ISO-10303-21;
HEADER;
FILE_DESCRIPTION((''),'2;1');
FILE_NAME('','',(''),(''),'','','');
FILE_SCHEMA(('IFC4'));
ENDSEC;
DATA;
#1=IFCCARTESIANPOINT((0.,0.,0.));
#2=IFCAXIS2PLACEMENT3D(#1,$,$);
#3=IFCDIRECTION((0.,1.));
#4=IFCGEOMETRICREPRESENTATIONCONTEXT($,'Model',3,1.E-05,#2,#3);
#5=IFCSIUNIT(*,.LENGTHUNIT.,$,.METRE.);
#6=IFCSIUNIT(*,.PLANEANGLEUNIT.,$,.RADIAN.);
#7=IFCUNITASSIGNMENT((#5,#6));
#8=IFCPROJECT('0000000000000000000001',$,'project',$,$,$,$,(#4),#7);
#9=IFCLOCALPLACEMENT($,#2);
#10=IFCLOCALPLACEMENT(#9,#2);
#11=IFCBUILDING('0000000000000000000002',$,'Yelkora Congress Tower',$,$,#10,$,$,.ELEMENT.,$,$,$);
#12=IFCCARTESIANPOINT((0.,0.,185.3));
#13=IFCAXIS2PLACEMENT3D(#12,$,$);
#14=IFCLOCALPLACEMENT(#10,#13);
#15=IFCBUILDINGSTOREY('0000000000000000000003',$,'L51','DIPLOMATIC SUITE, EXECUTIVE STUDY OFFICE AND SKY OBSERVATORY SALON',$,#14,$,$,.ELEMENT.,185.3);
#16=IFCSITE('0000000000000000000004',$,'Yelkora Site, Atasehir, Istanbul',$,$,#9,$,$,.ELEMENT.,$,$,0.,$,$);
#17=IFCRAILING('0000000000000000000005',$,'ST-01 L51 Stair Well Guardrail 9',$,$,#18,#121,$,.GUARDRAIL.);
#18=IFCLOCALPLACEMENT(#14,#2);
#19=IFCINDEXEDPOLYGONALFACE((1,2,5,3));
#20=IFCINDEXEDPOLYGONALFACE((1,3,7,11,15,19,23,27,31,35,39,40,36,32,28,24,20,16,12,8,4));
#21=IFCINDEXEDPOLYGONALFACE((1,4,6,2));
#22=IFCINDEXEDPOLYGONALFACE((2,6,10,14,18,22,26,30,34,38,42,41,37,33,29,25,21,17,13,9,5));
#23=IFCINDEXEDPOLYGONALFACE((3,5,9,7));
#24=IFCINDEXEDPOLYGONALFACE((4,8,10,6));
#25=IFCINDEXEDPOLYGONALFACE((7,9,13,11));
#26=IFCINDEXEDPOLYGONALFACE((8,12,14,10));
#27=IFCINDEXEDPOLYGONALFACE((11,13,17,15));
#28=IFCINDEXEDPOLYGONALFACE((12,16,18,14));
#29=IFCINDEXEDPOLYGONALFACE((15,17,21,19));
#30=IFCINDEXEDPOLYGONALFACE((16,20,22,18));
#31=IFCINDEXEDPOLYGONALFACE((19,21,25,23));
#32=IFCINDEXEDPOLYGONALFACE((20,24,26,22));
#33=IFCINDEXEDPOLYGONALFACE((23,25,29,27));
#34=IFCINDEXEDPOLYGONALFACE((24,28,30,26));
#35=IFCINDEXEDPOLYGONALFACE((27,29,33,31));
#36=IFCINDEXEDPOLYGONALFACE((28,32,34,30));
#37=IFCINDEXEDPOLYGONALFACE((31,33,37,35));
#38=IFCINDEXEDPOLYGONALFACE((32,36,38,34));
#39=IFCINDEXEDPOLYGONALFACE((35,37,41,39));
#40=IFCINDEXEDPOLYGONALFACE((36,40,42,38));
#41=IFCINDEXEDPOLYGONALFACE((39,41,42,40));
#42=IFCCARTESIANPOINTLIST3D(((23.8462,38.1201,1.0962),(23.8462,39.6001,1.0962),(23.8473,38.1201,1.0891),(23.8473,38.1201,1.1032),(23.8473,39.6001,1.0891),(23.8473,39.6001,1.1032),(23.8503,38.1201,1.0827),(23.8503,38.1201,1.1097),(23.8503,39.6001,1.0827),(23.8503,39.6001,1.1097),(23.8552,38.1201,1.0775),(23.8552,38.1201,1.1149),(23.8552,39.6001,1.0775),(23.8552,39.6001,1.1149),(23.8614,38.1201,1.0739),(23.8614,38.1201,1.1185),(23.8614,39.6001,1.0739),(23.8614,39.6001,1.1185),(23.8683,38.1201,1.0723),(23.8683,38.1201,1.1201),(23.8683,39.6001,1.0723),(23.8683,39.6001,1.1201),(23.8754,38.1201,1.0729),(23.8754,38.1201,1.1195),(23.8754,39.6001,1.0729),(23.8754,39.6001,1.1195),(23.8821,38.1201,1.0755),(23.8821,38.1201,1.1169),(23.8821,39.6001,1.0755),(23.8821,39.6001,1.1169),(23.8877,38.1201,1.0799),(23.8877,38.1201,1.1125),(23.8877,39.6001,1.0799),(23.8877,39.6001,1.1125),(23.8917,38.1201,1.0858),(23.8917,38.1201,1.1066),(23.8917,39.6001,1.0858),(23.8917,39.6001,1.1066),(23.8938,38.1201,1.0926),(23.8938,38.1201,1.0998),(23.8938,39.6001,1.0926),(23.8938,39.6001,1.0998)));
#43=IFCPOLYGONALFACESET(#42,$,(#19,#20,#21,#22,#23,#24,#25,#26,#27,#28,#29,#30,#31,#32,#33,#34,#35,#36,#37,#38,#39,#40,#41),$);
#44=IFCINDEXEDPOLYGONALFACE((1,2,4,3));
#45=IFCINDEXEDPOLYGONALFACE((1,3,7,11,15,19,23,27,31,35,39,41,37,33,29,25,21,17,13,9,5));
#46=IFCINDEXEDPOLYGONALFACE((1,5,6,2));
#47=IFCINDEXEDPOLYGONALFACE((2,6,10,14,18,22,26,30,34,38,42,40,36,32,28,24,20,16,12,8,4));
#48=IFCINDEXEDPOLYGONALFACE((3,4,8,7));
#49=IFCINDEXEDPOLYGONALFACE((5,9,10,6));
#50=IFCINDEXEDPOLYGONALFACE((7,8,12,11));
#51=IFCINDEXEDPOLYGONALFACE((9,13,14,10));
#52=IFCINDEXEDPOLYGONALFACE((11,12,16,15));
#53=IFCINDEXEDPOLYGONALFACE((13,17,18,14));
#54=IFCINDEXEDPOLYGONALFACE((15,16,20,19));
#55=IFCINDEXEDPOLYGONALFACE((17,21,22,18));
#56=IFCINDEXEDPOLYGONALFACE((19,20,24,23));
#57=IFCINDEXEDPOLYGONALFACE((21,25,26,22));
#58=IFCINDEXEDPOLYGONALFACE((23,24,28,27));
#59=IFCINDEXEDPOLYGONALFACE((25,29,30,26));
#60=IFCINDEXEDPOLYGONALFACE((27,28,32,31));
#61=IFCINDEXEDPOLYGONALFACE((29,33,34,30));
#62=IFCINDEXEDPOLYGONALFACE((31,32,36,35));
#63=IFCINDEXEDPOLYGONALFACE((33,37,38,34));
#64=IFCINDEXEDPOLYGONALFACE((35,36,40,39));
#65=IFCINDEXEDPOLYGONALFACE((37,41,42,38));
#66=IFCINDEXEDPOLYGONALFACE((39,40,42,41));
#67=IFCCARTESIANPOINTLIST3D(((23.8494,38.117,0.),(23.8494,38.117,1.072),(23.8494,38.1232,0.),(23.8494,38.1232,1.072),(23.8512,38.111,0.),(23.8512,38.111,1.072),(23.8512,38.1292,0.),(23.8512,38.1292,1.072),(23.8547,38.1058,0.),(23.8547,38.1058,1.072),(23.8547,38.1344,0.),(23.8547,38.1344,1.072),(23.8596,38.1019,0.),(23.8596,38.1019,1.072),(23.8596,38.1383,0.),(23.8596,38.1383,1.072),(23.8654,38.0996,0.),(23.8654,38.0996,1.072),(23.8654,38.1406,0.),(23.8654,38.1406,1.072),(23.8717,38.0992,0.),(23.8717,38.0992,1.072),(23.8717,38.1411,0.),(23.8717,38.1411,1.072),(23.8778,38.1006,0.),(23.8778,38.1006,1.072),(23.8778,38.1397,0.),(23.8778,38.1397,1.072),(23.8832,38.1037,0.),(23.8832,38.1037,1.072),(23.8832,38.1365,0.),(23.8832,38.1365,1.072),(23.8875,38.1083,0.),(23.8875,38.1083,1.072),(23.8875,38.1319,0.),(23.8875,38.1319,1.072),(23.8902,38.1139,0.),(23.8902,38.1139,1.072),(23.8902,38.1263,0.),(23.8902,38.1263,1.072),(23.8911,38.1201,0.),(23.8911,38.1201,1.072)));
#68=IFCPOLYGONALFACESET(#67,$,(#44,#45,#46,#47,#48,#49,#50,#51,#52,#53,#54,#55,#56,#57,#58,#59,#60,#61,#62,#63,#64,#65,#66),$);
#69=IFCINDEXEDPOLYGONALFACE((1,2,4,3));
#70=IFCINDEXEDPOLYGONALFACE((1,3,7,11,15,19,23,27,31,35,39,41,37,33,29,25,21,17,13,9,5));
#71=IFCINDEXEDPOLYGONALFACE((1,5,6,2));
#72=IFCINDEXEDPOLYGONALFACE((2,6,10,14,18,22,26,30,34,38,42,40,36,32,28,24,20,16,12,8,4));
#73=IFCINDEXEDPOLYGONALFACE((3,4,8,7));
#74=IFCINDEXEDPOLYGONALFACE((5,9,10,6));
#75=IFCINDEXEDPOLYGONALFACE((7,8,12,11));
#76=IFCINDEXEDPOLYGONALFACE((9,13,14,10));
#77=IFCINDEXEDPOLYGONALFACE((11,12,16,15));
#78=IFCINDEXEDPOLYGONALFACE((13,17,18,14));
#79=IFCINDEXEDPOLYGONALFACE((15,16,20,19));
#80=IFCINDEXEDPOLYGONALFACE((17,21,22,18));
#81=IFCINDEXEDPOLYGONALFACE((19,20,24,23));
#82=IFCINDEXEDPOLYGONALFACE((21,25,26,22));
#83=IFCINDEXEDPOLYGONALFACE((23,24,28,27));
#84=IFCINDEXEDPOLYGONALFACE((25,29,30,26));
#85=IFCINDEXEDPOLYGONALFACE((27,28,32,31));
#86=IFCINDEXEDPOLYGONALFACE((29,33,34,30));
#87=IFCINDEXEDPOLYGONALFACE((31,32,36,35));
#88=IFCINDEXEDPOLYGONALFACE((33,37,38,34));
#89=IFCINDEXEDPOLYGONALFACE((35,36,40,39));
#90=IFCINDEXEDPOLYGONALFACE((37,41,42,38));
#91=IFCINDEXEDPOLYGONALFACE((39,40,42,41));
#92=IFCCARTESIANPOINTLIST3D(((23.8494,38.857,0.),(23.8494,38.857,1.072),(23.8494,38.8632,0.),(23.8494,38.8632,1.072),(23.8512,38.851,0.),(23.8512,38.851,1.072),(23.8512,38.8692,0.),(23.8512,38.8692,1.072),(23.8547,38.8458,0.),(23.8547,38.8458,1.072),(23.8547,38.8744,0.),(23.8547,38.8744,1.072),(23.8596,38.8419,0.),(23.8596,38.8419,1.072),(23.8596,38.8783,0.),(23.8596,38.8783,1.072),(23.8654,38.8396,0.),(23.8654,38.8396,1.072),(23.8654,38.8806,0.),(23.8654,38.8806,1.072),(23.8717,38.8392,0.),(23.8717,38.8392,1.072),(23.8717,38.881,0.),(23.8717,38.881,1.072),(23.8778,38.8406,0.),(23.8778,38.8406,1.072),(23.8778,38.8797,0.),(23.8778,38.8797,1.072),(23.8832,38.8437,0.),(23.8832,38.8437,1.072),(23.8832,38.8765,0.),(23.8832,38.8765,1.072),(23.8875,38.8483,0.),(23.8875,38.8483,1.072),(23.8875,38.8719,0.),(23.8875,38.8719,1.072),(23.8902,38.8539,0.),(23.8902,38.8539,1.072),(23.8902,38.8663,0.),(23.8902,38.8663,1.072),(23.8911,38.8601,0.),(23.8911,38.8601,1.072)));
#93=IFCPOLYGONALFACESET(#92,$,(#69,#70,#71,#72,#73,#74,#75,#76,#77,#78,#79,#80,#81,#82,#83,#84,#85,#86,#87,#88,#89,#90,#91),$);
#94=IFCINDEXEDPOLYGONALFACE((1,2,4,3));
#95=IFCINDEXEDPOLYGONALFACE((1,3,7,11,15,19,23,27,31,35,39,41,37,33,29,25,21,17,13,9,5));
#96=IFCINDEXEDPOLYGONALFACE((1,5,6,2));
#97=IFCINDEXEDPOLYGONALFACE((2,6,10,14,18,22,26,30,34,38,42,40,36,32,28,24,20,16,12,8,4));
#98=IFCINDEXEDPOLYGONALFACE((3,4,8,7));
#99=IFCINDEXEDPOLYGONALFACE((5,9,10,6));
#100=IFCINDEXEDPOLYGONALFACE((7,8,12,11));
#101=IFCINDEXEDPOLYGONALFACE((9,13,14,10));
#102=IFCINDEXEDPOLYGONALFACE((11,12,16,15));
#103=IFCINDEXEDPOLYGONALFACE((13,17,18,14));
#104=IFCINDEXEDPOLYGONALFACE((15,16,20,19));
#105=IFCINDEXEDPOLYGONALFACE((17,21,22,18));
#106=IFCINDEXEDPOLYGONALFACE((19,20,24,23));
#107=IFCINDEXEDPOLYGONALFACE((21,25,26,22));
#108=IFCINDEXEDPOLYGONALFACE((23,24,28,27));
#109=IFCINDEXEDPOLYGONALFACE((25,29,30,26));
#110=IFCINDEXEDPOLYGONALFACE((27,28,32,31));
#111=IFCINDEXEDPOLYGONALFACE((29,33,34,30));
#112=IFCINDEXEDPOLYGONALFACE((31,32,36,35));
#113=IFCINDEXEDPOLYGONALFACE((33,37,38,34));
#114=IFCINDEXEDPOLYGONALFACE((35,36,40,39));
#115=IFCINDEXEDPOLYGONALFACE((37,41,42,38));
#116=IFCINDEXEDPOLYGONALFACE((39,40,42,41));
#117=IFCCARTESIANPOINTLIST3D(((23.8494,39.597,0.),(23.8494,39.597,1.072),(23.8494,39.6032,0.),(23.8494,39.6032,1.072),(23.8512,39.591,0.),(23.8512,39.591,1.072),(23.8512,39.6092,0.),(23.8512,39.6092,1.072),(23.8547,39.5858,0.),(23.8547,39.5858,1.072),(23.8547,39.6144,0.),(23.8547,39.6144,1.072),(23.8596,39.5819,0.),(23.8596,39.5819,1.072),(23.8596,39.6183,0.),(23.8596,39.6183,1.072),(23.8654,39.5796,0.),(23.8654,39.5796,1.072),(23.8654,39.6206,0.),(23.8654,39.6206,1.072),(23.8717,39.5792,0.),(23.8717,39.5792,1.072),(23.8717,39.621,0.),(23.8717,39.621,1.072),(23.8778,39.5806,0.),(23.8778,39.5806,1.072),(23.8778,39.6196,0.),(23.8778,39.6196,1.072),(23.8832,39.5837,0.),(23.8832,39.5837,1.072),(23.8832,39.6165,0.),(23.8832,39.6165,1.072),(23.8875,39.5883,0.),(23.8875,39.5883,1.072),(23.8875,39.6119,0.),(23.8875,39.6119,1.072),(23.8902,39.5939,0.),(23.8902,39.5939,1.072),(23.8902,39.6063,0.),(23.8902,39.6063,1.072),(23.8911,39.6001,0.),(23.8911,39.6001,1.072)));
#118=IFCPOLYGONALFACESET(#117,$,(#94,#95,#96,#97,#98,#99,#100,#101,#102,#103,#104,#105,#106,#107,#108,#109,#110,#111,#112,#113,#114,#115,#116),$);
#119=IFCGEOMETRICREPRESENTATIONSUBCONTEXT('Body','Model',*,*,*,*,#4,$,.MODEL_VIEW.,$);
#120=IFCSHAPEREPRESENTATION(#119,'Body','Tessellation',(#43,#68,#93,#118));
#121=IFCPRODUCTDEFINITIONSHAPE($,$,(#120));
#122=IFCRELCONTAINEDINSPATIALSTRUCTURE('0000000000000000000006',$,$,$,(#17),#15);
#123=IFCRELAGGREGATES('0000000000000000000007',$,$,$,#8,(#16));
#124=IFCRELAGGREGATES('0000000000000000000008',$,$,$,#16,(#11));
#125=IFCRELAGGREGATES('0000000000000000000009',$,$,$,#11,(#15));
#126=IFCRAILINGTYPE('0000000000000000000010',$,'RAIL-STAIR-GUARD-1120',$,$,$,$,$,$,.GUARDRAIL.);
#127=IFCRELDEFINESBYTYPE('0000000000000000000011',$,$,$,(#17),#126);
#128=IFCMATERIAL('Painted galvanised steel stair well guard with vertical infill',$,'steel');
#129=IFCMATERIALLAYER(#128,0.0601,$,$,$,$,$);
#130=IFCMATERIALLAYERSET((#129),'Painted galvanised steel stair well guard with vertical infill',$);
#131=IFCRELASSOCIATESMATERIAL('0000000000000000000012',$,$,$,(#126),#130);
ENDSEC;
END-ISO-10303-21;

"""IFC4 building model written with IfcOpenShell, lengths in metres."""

from ifc_helpers import new_model, si_unit, direction, frame, origin, origin_2d, place, context, subcontext, project, spatial, circle, extrude, material, layer, layer_set, type_object, element, save


model = new_model("IFC4")

# Units and contexts
model_context = context("Model", 3, precision=1e-05, world=origin(), true_north=direction((0.0, 1.0)))
body_context = subcontext(model_context, "Body", "Model", "MODEL_VIEW")
ifc_project = project(units=[si_unit("LENGTHUNIT", "METRE"), si_unit("PLANEANGLEUNIT", "RADIAN")], contexts=[model_context])

# Site, building, storey
site_placement = place(None, origin())
site = spatial("IfcSite", under=ifc_project, at=site_placement, Name="Yelkora Site, Atasehir, Istanbul", CompositionType="ELEMENT", RefElevation=0.0)
building_placement = place(site_placement, origin())
building = spatial("IfcBuilding", under=site, at=building_placement, Name="Yelkora Congress Tower", CompositionType="ELEMENT")
storey_placement = place(building_placement, frame((0.0, 0.0, 185.3)))
storey = spatial("IfcBuildingStorey", under=building, at=storey_placement, Name="L51", Description="DIPLOMATIC SUITE, EXECUTIVE STUDY OFFICE AND SKY OBSERVATORY SALON", CompositionType="ELEMENT", Elevation=185.3)

# Railing
ifc_material_1 = material(Name="Painted galvanised steel stair well guard with vertical infill", Category="steel")
ifc_layer_1 = layer(ifc_material_1, 0.0601)
ifc_layer_set_1 = layer_set([ifc_layer_1], Name="Painted galvanised steel stair well guard with vertical infill")
railing_type_1 = type_object("IfcRailingType", Name="RAIL-STAIR-GUARD-1120", PredefinedType="GUARDRAIL", material=ifc_layer_set_1)
for number, where, name in (
    (1, (23.8701, 38.1201, 0.0), "ST-01 L51 Stair Well Guardrail 9"),
):
    element("IfcRailing", number, at=place(storey_placement, frame(where)), inside=storey, type_object=railing_type_1, Name=name, PredefinedType="GUARDRAIL", context=body_context, shape_type="SweptSolid", body=[
        extrude(circle(Radius=0.0239, at=origin_2d()), frame((0.0, 0.0, 1.0962), z_axis=(0.0, 1.0, 0.0), x_axis=(-1.0, 0.0, 0.0)), (0.0, 0.0, 1.0), 1.48),
        extrude(circle(Radius=0.021, at=origin_2d()), origin(), (0.0, 0.0, 1.0), 1.072),
        extrude(circle(Radius=0.021, at=origin_2d()), frame((0.0, 0.74, 0.0)), (0.0, 0.0, 1.0), 1.072),
        extrude(circle(Radius=0.021, at=origin_2d()), frame((0.0, 1.48, 0.0)), (0.0, 0.0, 1.0), 1.072),
    ])

save(model, "model.ifc")
